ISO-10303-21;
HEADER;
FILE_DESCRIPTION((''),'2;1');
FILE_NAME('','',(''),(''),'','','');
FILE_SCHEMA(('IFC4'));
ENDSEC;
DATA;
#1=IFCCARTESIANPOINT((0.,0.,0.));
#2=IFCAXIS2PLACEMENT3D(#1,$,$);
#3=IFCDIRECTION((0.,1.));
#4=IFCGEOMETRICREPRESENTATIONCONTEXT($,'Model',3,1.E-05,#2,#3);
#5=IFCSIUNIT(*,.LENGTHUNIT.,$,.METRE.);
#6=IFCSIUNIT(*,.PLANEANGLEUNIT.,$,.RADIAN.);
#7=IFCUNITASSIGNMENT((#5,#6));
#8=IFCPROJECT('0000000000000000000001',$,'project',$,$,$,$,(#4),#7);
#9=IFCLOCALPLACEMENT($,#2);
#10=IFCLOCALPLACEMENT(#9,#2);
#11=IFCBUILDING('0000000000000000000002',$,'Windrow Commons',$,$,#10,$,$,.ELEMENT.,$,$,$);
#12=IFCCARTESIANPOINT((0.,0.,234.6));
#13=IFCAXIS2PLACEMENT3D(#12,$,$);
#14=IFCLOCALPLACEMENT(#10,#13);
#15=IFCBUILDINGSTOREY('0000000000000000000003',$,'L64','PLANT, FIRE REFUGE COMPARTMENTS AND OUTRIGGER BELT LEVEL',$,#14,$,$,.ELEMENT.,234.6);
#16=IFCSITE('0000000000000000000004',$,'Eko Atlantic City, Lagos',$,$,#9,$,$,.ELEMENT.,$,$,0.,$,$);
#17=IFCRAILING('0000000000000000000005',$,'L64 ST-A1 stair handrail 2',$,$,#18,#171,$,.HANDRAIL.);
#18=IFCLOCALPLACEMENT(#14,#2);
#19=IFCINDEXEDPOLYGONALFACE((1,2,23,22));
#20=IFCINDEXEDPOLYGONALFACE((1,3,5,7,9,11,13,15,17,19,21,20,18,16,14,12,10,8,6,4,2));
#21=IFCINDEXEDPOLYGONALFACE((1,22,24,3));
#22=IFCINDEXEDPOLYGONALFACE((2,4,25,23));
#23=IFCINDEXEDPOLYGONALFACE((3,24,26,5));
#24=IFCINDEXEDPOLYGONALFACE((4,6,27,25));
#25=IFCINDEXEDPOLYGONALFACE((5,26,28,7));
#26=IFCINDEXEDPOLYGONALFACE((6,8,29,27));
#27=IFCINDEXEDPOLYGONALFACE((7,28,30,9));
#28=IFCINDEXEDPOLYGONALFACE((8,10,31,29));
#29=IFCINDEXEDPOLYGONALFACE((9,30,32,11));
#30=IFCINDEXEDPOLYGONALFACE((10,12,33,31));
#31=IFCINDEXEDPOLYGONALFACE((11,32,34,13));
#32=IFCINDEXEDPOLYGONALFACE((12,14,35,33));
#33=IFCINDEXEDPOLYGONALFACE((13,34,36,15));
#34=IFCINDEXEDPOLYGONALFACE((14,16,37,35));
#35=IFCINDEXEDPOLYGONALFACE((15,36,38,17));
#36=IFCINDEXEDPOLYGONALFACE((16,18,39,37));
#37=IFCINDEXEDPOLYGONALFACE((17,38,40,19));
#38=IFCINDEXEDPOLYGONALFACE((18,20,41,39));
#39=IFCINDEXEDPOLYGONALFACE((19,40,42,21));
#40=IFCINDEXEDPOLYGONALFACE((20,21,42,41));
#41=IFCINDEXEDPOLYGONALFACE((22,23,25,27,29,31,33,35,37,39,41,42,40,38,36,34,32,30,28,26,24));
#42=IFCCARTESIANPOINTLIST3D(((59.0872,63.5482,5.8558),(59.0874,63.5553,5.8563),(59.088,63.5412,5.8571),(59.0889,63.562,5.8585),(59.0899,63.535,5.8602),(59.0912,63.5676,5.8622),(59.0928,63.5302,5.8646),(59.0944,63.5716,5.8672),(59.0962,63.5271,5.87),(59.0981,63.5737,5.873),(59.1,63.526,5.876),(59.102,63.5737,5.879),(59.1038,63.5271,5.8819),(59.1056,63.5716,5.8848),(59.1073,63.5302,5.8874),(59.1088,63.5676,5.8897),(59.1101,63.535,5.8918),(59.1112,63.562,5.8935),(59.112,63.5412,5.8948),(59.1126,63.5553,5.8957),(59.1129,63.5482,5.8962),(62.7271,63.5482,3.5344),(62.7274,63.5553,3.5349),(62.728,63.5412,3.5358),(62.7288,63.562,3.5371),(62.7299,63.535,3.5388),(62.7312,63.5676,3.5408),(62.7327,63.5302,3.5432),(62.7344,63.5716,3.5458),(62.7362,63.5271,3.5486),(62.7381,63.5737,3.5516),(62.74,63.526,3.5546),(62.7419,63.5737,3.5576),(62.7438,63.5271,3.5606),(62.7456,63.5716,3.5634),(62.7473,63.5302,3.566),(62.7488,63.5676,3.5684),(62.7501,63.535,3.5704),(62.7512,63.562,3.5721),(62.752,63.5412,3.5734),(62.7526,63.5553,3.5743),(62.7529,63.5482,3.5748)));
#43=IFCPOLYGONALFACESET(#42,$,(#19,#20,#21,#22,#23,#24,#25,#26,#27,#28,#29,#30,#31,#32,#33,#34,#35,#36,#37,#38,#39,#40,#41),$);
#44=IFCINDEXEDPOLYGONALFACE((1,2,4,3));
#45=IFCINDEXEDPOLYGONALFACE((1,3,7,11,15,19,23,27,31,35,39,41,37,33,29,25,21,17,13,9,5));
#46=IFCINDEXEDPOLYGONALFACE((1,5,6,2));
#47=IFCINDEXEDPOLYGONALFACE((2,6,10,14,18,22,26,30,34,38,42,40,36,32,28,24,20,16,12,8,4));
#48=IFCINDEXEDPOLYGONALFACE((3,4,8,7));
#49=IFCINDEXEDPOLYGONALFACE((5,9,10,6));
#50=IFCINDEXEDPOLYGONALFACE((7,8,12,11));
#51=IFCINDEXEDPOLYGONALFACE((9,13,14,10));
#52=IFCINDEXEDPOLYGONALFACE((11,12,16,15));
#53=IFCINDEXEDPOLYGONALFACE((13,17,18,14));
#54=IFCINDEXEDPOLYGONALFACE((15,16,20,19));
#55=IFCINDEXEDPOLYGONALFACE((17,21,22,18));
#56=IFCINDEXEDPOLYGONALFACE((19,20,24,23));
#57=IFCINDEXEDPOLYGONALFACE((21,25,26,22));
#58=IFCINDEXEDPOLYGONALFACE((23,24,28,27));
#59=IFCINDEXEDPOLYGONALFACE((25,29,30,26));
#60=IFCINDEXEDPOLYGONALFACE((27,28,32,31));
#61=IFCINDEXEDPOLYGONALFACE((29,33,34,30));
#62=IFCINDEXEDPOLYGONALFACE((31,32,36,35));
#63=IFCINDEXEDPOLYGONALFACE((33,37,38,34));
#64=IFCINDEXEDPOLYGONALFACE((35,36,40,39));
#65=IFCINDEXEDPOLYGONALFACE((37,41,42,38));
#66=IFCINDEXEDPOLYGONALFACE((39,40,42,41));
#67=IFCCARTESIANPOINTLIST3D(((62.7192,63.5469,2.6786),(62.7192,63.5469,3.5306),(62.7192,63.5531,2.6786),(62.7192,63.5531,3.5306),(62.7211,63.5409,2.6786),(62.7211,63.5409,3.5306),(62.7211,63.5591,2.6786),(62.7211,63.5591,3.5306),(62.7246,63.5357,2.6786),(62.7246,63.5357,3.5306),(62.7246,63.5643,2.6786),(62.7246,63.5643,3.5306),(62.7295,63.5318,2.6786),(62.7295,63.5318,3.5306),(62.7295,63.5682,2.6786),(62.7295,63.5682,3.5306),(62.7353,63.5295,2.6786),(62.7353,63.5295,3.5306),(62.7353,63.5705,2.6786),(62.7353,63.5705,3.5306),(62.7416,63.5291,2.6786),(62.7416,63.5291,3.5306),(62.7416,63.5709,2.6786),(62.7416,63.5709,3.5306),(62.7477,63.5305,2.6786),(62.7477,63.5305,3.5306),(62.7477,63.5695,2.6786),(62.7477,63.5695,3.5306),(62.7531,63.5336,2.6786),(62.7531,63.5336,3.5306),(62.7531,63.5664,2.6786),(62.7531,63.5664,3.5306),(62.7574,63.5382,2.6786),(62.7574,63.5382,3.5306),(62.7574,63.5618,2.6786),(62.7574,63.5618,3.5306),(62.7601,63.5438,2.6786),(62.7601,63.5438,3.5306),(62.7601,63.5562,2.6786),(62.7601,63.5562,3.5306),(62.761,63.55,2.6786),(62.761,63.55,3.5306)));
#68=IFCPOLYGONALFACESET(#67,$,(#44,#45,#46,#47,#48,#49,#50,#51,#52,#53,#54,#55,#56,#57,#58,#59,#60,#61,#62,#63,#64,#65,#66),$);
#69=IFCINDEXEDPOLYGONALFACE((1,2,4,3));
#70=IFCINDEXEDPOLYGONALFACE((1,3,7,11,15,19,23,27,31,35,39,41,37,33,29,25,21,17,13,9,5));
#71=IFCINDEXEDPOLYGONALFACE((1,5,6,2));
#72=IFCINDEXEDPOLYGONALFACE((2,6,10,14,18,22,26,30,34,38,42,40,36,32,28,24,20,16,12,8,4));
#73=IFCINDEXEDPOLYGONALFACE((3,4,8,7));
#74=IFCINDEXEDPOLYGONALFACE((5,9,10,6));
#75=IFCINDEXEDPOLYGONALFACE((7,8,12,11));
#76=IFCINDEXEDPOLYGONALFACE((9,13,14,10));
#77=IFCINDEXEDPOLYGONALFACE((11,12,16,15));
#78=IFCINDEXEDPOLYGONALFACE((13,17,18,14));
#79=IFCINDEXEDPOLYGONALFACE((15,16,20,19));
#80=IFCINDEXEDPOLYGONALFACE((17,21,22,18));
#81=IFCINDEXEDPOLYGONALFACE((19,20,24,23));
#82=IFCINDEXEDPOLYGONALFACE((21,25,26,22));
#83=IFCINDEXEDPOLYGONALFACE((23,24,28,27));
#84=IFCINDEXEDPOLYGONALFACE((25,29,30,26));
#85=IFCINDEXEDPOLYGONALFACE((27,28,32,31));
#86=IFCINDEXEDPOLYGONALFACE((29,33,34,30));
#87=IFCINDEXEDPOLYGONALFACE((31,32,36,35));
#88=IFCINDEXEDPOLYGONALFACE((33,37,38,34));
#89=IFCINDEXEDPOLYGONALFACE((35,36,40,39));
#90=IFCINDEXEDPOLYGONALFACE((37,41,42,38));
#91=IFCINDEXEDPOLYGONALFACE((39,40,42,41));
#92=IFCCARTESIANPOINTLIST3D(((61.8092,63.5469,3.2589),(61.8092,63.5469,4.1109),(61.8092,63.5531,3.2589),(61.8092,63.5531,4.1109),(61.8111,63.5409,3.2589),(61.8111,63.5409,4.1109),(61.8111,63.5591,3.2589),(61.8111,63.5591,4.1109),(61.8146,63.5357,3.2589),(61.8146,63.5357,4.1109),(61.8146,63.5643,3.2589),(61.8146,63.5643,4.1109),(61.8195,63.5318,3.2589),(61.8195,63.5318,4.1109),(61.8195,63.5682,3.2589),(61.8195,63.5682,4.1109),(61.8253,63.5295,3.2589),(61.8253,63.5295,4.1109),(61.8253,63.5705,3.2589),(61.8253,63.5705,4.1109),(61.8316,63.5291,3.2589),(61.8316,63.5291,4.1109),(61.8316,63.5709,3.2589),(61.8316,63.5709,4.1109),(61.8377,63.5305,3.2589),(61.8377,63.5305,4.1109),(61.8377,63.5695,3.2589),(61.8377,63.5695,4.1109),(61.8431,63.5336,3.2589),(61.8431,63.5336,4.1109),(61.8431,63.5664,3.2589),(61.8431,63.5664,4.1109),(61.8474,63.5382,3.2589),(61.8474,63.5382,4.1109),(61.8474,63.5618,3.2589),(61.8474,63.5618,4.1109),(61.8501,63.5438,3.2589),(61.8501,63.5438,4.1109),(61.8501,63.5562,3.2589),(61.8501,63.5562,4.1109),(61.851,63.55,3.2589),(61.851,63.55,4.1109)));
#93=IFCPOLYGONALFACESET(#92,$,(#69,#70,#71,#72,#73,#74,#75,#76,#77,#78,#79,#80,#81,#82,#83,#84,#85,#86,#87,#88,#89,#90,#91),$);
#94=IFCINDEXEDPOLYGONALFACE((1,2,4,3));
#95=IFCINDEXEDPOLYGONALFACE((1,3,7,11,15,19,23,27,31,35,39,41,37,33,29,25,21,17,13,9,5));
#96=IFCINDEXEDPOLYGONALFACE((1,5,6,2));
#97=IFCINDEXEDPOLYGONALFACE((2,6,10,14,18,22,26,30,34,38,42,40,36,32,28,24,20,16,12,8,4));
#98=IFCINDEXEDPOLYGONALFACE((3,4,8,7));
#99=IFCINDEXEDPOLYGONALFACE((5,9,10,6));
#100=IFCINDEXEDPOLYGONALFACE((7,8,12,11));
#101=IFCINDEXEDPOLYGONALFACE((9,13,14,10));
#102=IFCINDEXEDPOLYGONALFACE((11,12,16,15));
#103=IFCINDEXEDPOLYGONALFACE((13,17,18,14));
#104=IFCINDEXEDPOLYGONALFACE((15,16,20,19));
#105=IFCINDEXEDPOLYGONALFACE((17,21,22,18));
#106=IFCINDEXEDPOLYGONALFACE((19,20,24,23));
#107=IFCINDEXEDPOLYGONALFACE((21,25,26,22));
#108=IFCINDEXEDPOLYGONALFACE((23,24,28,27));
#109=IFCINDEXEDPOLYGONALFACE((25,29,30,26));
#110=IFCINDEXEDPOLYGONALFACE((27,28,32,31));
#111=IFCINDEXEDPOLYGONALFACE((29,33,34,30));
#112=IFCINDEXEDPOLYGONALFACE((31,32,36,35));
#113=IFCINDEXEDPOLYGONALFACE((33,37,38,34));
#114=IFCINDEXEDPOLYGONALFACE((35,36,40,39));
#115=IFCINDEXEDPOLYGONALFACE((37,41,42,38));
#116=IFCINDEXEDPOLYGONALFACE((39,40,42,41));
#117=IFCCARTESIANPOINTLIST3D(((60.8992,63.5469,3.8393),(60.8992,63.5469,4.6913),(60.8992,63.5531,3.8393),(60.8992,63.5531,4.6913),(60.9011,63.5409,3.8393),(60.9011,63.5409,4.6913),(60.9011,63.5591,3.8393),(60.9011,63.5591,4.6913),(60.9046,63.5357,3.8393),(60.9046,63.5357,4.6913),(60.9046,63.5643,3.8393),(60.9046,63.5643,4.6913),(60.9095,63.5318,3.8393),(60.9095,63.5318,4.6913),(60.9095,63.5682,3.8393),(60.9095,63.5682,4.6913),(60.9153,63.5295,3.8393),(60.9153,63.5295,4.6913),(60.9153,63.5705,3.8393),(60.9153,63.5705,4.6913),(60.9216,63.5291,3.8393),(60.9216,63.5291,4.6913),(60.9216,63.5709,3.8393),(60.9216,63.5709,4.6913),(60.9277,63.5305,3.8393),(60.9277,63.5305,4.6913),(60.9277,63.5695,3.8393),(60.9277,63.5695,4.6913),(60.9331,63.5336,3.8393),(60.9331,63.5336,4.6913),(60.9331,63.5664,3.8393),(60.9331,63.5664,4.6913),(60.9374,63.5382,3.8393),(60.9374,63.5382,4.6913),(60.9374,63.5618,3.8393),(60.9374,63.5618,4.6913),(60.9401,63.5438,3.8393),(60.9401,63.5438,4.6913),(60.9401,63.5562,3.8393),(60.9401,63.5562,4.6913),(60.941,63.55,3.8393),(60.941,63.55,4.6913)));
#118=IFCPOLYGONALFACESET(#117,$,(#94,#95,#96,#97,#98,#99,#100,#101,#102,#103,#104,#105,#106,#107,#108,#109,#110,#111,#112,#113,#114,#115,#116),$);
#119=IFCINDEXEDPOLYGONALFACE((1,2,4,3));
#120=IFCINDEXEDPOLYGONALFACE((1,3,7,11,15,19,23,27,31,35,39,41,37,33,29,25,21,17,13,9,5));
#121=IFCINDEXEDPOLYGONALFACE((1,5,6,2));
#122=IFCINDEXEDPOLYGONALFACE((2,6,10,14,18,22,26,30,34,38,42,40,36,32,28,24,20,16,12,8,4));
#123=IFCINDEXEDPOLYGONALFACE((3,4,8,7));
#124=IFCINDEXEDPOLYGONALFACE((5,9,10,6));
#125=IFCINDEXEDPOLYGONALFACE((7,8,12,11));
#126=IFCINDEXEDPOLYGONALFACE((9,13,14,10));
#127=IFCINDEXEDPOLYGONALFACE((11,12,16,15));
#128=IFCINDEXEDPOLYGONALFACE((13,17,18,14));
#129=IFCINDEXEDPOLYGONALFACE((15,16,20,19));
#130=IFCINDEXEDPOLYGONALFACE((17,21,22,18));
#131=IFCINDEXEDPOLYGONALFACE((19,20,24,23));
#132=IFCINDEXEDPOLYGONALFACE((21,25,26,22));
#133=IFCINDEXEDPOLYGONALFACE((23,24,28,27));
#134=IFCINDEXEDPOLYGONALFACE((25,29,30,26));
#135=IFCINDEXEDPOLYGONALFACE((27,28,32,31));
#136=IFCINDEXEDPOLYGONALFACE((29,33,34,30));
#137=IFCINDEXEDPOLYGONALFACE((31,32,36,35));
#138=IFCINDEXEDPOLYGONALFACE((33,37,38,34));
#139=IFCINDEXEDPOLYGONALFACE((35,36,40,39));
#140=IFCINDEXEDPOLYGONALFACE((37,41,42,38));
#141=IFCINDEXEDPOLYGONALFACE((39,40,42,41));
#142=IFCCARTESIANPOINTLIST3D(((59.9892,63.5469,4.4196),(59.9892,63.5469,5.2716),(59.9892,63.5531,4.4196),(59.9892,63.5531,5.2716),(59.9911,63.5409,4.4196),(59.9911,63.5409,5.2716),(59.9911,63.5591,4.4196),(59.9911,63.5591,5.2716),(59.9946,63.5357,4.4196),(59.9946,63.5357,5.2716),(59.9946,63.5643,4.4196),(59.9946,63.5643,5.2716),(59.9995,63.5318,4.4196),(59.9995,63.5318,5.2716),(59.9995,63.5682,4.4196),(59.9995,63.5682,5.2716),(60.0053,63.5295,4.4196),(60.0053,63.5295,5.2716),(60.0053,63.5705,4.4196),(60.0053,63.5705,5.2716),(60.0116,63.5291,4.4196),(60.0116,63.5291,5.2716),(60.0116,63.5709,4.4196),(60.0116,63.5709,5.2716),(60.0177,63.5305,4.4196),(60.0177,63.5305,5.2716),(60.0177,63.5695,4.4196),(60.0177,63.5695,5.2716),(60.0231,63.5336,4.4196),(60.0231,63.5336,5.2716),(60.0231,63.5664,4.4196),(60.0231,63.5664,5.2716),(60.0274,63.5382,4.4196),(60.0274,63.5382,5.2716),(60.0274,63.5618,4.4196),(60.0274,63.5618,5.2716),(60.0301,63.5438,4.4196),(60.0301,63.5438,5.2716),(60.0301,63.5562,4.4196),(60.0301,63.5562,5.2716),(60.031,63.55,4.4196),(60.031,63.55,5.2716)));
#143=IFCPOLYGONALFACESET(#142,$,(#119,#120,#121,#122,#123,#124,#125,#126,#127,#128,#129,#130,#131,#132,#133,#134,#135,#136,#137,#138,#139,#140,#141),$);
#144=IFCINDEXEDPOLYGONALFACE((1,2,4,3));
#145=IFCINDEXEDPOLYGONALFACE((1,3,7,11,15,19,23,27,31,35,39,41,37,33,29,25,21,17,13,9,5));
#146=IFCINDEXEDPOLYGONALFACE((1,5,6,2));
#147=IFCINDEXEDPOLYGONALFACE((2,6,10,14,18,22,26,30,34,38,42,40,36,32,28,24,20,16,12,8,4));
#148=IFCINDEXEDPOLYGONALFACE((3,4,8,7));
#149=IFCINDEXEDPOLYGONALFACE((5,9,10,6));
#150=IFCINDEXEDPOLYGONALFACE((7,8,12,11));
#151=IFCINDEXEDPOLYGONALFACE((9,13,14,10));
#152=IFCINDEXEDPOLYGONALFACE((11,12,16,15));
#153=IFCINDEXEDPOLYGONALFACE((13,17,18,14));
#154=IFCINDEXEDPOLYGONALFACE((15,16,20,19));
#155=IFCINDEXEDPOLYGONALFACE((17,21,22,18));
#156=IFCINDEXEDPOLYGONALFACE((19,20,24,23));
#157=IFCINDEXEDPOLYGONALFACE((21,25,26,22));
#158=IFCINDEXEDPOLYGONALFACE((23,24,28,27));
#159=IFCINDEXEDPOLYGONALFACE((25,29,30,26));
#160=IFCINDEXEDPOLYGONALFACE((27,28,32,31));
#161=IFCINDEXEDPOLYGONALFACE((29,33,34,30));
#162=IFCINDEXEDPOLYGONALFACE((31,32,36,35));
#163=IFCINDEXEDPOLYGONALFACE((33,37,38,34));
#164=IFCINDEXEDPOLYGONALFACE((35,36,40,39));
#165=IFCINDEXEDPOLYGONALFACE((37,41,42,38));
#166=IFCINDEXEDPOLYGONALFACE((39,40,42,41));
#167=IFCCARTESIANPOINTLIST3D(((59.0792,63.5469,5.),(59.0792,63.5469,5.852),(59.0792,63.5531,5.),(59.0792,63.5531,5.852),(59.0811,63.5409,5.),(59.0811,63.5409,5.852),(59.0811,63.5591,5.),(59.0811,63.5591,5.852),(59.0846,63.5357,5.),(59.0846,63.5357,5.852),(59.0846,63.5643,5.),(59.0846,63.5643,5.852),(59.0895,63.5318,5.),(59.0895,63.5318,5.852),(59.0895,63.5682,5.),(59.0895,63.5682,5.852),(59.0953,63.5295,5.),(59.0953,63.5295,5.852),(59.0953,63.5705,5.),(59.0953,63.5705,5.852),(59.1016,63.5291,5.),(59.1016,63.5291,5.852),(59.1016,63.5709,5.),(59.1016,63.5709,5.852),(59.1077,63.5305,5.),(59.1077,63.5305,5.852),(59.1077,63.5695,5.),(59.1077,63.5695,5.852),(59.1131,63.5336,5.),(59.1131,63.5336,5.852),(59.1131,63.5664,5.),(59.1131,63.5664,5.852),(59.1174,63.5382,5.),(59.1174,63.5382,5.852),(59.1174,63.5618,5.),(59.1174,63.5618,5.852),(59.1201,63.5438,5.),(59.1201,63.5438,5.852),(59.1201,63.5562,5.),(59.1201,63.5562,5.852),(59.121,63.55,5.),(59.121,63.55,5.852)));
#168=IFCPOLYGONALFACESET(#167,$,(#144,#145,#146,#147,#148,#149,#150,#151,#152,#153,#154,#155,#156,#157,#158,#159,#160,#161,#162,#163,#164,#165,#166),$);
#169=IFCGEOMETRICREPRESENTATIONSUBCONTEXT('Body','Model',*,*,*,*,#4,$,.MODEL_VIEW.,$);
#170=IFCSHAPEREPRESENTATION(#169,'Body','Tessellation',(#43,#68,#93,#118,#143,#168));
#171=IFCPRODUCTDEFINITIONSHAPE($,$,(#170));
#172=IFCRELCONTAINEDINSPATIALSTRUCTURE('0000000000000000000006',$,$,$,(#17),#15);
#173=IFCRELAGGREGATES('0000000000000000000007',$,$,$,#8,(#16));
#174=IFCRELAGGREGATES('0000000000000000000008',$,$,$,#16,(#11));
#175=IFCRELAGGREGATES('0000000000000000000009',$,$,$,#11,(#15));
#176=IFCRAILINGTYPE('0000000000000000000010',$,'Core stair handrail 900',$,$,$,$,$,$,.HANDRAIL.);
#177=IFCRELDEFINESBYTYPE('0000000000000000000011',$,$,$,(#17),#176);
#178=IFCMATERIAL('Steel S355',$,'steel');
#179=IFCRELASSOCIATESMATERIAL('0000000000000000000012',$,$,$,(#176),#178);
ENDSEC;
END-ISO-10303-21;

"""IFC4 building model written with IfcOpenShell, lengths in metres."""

from ifc_helpers import new_model, si_unit, direction, frame, origin, origin_2d, place, context, subcontext, project, spatial, circle, extrude, material, type_object, element, save


model = new_model("IFC4")

# Units and contexts
model_context = context("Model", 3, precision=1e-05, world=origin(), true_north=direction((0.0, 1.0)))
body_context = subcontext(model_context, "Body", "Model", "MODEL_VIEW")
ifc_project = project(units=[si_unit("LENGTHUNIT", "METRE"), si_unit("PLANEANGLEUNIT", "RADIAN")], contexts=[model_context])

# Site, building, storey
site_placement = place(None, origin())
site = spatial("IfcSite", under=ifc_project, at=site_placement, Name="Eko Atlantic City, Lagos", CompositionType="ELEMENT", RefElevation=0.0)
building_placement = place(site_placement, origin())
building = spatial("IfcBuilding", under=site, at=building_placement, Name="Windrow Commons", CompositionType="ELEMENT")
storey_placement = place(building_placement, frame((0.0, 0.0, 234.6)))
storey = spatial("IfcBuildingStorey", under=building, at=storey_placement, Name="L64", Description="PLANT, FIRE REFUGE COMPARTMENTS AND OUTRIGGER BELT LEVEL", CompositionType="ELEMENT", Elevation=234.6)

# Railing
ifc_material_1 = material(Name="Steel S355", Category="steel")
railing_type_1 = type_object("IfcRailingType", Name="Core stair handrail 900", PredefinedType="HANDRAIL", material=ifc_material_1)
railing_1_placement = place(storey_placement, frame((62.74, 63.55, 2.6786)))
element("IfcRailing", 1, at=railing_1_placement, inside=storey, type_object=railing_type_1, Name="L64 ST-A1 stair handrail 2", PredefinedType="HANDRAIL", context=body_context, shape_type="SweptSolid", body=[
    extrude(circle(Radius=0.024, at=origin_2d()), frame((0.0, 0.0, 0.876), z_axis=(-0.843133, 0.0, 0.537706), x_axis=(0.0, -1.0, 0.0)), (0.0, 0.0, 1.0), 4.3172),
    extrude(circle(Radius=0.021, at=origin_2d()), origin(), (0.0, 0.0, 1.0), 0.852),
    extrude(circle(Radius=0.021, at=origin_2d()), frame((-0.91, 0.0, 0.5803)), (0.0, 0.0, 1.0), 0.852),
    extrude(circle(Radius=0.021, at=origin_2d()), frame((-1.82, 0.0, 1.1607)), (0.0, 0.0, 1.0), 0.852),
    extrude(circle(Radius=0.021, at=origin_2d()), frame((-2.73, 0.0, 1.741)), (0.0, 0.0, 1.0), 0.852),
    extrude(circle(Radius=0.021, at=origin_2d()), frame((-3.64, 0.0, 2.3214)), (0.0, 0.0, 1.0), 0.852),
])

save(model, "model.ifc")
